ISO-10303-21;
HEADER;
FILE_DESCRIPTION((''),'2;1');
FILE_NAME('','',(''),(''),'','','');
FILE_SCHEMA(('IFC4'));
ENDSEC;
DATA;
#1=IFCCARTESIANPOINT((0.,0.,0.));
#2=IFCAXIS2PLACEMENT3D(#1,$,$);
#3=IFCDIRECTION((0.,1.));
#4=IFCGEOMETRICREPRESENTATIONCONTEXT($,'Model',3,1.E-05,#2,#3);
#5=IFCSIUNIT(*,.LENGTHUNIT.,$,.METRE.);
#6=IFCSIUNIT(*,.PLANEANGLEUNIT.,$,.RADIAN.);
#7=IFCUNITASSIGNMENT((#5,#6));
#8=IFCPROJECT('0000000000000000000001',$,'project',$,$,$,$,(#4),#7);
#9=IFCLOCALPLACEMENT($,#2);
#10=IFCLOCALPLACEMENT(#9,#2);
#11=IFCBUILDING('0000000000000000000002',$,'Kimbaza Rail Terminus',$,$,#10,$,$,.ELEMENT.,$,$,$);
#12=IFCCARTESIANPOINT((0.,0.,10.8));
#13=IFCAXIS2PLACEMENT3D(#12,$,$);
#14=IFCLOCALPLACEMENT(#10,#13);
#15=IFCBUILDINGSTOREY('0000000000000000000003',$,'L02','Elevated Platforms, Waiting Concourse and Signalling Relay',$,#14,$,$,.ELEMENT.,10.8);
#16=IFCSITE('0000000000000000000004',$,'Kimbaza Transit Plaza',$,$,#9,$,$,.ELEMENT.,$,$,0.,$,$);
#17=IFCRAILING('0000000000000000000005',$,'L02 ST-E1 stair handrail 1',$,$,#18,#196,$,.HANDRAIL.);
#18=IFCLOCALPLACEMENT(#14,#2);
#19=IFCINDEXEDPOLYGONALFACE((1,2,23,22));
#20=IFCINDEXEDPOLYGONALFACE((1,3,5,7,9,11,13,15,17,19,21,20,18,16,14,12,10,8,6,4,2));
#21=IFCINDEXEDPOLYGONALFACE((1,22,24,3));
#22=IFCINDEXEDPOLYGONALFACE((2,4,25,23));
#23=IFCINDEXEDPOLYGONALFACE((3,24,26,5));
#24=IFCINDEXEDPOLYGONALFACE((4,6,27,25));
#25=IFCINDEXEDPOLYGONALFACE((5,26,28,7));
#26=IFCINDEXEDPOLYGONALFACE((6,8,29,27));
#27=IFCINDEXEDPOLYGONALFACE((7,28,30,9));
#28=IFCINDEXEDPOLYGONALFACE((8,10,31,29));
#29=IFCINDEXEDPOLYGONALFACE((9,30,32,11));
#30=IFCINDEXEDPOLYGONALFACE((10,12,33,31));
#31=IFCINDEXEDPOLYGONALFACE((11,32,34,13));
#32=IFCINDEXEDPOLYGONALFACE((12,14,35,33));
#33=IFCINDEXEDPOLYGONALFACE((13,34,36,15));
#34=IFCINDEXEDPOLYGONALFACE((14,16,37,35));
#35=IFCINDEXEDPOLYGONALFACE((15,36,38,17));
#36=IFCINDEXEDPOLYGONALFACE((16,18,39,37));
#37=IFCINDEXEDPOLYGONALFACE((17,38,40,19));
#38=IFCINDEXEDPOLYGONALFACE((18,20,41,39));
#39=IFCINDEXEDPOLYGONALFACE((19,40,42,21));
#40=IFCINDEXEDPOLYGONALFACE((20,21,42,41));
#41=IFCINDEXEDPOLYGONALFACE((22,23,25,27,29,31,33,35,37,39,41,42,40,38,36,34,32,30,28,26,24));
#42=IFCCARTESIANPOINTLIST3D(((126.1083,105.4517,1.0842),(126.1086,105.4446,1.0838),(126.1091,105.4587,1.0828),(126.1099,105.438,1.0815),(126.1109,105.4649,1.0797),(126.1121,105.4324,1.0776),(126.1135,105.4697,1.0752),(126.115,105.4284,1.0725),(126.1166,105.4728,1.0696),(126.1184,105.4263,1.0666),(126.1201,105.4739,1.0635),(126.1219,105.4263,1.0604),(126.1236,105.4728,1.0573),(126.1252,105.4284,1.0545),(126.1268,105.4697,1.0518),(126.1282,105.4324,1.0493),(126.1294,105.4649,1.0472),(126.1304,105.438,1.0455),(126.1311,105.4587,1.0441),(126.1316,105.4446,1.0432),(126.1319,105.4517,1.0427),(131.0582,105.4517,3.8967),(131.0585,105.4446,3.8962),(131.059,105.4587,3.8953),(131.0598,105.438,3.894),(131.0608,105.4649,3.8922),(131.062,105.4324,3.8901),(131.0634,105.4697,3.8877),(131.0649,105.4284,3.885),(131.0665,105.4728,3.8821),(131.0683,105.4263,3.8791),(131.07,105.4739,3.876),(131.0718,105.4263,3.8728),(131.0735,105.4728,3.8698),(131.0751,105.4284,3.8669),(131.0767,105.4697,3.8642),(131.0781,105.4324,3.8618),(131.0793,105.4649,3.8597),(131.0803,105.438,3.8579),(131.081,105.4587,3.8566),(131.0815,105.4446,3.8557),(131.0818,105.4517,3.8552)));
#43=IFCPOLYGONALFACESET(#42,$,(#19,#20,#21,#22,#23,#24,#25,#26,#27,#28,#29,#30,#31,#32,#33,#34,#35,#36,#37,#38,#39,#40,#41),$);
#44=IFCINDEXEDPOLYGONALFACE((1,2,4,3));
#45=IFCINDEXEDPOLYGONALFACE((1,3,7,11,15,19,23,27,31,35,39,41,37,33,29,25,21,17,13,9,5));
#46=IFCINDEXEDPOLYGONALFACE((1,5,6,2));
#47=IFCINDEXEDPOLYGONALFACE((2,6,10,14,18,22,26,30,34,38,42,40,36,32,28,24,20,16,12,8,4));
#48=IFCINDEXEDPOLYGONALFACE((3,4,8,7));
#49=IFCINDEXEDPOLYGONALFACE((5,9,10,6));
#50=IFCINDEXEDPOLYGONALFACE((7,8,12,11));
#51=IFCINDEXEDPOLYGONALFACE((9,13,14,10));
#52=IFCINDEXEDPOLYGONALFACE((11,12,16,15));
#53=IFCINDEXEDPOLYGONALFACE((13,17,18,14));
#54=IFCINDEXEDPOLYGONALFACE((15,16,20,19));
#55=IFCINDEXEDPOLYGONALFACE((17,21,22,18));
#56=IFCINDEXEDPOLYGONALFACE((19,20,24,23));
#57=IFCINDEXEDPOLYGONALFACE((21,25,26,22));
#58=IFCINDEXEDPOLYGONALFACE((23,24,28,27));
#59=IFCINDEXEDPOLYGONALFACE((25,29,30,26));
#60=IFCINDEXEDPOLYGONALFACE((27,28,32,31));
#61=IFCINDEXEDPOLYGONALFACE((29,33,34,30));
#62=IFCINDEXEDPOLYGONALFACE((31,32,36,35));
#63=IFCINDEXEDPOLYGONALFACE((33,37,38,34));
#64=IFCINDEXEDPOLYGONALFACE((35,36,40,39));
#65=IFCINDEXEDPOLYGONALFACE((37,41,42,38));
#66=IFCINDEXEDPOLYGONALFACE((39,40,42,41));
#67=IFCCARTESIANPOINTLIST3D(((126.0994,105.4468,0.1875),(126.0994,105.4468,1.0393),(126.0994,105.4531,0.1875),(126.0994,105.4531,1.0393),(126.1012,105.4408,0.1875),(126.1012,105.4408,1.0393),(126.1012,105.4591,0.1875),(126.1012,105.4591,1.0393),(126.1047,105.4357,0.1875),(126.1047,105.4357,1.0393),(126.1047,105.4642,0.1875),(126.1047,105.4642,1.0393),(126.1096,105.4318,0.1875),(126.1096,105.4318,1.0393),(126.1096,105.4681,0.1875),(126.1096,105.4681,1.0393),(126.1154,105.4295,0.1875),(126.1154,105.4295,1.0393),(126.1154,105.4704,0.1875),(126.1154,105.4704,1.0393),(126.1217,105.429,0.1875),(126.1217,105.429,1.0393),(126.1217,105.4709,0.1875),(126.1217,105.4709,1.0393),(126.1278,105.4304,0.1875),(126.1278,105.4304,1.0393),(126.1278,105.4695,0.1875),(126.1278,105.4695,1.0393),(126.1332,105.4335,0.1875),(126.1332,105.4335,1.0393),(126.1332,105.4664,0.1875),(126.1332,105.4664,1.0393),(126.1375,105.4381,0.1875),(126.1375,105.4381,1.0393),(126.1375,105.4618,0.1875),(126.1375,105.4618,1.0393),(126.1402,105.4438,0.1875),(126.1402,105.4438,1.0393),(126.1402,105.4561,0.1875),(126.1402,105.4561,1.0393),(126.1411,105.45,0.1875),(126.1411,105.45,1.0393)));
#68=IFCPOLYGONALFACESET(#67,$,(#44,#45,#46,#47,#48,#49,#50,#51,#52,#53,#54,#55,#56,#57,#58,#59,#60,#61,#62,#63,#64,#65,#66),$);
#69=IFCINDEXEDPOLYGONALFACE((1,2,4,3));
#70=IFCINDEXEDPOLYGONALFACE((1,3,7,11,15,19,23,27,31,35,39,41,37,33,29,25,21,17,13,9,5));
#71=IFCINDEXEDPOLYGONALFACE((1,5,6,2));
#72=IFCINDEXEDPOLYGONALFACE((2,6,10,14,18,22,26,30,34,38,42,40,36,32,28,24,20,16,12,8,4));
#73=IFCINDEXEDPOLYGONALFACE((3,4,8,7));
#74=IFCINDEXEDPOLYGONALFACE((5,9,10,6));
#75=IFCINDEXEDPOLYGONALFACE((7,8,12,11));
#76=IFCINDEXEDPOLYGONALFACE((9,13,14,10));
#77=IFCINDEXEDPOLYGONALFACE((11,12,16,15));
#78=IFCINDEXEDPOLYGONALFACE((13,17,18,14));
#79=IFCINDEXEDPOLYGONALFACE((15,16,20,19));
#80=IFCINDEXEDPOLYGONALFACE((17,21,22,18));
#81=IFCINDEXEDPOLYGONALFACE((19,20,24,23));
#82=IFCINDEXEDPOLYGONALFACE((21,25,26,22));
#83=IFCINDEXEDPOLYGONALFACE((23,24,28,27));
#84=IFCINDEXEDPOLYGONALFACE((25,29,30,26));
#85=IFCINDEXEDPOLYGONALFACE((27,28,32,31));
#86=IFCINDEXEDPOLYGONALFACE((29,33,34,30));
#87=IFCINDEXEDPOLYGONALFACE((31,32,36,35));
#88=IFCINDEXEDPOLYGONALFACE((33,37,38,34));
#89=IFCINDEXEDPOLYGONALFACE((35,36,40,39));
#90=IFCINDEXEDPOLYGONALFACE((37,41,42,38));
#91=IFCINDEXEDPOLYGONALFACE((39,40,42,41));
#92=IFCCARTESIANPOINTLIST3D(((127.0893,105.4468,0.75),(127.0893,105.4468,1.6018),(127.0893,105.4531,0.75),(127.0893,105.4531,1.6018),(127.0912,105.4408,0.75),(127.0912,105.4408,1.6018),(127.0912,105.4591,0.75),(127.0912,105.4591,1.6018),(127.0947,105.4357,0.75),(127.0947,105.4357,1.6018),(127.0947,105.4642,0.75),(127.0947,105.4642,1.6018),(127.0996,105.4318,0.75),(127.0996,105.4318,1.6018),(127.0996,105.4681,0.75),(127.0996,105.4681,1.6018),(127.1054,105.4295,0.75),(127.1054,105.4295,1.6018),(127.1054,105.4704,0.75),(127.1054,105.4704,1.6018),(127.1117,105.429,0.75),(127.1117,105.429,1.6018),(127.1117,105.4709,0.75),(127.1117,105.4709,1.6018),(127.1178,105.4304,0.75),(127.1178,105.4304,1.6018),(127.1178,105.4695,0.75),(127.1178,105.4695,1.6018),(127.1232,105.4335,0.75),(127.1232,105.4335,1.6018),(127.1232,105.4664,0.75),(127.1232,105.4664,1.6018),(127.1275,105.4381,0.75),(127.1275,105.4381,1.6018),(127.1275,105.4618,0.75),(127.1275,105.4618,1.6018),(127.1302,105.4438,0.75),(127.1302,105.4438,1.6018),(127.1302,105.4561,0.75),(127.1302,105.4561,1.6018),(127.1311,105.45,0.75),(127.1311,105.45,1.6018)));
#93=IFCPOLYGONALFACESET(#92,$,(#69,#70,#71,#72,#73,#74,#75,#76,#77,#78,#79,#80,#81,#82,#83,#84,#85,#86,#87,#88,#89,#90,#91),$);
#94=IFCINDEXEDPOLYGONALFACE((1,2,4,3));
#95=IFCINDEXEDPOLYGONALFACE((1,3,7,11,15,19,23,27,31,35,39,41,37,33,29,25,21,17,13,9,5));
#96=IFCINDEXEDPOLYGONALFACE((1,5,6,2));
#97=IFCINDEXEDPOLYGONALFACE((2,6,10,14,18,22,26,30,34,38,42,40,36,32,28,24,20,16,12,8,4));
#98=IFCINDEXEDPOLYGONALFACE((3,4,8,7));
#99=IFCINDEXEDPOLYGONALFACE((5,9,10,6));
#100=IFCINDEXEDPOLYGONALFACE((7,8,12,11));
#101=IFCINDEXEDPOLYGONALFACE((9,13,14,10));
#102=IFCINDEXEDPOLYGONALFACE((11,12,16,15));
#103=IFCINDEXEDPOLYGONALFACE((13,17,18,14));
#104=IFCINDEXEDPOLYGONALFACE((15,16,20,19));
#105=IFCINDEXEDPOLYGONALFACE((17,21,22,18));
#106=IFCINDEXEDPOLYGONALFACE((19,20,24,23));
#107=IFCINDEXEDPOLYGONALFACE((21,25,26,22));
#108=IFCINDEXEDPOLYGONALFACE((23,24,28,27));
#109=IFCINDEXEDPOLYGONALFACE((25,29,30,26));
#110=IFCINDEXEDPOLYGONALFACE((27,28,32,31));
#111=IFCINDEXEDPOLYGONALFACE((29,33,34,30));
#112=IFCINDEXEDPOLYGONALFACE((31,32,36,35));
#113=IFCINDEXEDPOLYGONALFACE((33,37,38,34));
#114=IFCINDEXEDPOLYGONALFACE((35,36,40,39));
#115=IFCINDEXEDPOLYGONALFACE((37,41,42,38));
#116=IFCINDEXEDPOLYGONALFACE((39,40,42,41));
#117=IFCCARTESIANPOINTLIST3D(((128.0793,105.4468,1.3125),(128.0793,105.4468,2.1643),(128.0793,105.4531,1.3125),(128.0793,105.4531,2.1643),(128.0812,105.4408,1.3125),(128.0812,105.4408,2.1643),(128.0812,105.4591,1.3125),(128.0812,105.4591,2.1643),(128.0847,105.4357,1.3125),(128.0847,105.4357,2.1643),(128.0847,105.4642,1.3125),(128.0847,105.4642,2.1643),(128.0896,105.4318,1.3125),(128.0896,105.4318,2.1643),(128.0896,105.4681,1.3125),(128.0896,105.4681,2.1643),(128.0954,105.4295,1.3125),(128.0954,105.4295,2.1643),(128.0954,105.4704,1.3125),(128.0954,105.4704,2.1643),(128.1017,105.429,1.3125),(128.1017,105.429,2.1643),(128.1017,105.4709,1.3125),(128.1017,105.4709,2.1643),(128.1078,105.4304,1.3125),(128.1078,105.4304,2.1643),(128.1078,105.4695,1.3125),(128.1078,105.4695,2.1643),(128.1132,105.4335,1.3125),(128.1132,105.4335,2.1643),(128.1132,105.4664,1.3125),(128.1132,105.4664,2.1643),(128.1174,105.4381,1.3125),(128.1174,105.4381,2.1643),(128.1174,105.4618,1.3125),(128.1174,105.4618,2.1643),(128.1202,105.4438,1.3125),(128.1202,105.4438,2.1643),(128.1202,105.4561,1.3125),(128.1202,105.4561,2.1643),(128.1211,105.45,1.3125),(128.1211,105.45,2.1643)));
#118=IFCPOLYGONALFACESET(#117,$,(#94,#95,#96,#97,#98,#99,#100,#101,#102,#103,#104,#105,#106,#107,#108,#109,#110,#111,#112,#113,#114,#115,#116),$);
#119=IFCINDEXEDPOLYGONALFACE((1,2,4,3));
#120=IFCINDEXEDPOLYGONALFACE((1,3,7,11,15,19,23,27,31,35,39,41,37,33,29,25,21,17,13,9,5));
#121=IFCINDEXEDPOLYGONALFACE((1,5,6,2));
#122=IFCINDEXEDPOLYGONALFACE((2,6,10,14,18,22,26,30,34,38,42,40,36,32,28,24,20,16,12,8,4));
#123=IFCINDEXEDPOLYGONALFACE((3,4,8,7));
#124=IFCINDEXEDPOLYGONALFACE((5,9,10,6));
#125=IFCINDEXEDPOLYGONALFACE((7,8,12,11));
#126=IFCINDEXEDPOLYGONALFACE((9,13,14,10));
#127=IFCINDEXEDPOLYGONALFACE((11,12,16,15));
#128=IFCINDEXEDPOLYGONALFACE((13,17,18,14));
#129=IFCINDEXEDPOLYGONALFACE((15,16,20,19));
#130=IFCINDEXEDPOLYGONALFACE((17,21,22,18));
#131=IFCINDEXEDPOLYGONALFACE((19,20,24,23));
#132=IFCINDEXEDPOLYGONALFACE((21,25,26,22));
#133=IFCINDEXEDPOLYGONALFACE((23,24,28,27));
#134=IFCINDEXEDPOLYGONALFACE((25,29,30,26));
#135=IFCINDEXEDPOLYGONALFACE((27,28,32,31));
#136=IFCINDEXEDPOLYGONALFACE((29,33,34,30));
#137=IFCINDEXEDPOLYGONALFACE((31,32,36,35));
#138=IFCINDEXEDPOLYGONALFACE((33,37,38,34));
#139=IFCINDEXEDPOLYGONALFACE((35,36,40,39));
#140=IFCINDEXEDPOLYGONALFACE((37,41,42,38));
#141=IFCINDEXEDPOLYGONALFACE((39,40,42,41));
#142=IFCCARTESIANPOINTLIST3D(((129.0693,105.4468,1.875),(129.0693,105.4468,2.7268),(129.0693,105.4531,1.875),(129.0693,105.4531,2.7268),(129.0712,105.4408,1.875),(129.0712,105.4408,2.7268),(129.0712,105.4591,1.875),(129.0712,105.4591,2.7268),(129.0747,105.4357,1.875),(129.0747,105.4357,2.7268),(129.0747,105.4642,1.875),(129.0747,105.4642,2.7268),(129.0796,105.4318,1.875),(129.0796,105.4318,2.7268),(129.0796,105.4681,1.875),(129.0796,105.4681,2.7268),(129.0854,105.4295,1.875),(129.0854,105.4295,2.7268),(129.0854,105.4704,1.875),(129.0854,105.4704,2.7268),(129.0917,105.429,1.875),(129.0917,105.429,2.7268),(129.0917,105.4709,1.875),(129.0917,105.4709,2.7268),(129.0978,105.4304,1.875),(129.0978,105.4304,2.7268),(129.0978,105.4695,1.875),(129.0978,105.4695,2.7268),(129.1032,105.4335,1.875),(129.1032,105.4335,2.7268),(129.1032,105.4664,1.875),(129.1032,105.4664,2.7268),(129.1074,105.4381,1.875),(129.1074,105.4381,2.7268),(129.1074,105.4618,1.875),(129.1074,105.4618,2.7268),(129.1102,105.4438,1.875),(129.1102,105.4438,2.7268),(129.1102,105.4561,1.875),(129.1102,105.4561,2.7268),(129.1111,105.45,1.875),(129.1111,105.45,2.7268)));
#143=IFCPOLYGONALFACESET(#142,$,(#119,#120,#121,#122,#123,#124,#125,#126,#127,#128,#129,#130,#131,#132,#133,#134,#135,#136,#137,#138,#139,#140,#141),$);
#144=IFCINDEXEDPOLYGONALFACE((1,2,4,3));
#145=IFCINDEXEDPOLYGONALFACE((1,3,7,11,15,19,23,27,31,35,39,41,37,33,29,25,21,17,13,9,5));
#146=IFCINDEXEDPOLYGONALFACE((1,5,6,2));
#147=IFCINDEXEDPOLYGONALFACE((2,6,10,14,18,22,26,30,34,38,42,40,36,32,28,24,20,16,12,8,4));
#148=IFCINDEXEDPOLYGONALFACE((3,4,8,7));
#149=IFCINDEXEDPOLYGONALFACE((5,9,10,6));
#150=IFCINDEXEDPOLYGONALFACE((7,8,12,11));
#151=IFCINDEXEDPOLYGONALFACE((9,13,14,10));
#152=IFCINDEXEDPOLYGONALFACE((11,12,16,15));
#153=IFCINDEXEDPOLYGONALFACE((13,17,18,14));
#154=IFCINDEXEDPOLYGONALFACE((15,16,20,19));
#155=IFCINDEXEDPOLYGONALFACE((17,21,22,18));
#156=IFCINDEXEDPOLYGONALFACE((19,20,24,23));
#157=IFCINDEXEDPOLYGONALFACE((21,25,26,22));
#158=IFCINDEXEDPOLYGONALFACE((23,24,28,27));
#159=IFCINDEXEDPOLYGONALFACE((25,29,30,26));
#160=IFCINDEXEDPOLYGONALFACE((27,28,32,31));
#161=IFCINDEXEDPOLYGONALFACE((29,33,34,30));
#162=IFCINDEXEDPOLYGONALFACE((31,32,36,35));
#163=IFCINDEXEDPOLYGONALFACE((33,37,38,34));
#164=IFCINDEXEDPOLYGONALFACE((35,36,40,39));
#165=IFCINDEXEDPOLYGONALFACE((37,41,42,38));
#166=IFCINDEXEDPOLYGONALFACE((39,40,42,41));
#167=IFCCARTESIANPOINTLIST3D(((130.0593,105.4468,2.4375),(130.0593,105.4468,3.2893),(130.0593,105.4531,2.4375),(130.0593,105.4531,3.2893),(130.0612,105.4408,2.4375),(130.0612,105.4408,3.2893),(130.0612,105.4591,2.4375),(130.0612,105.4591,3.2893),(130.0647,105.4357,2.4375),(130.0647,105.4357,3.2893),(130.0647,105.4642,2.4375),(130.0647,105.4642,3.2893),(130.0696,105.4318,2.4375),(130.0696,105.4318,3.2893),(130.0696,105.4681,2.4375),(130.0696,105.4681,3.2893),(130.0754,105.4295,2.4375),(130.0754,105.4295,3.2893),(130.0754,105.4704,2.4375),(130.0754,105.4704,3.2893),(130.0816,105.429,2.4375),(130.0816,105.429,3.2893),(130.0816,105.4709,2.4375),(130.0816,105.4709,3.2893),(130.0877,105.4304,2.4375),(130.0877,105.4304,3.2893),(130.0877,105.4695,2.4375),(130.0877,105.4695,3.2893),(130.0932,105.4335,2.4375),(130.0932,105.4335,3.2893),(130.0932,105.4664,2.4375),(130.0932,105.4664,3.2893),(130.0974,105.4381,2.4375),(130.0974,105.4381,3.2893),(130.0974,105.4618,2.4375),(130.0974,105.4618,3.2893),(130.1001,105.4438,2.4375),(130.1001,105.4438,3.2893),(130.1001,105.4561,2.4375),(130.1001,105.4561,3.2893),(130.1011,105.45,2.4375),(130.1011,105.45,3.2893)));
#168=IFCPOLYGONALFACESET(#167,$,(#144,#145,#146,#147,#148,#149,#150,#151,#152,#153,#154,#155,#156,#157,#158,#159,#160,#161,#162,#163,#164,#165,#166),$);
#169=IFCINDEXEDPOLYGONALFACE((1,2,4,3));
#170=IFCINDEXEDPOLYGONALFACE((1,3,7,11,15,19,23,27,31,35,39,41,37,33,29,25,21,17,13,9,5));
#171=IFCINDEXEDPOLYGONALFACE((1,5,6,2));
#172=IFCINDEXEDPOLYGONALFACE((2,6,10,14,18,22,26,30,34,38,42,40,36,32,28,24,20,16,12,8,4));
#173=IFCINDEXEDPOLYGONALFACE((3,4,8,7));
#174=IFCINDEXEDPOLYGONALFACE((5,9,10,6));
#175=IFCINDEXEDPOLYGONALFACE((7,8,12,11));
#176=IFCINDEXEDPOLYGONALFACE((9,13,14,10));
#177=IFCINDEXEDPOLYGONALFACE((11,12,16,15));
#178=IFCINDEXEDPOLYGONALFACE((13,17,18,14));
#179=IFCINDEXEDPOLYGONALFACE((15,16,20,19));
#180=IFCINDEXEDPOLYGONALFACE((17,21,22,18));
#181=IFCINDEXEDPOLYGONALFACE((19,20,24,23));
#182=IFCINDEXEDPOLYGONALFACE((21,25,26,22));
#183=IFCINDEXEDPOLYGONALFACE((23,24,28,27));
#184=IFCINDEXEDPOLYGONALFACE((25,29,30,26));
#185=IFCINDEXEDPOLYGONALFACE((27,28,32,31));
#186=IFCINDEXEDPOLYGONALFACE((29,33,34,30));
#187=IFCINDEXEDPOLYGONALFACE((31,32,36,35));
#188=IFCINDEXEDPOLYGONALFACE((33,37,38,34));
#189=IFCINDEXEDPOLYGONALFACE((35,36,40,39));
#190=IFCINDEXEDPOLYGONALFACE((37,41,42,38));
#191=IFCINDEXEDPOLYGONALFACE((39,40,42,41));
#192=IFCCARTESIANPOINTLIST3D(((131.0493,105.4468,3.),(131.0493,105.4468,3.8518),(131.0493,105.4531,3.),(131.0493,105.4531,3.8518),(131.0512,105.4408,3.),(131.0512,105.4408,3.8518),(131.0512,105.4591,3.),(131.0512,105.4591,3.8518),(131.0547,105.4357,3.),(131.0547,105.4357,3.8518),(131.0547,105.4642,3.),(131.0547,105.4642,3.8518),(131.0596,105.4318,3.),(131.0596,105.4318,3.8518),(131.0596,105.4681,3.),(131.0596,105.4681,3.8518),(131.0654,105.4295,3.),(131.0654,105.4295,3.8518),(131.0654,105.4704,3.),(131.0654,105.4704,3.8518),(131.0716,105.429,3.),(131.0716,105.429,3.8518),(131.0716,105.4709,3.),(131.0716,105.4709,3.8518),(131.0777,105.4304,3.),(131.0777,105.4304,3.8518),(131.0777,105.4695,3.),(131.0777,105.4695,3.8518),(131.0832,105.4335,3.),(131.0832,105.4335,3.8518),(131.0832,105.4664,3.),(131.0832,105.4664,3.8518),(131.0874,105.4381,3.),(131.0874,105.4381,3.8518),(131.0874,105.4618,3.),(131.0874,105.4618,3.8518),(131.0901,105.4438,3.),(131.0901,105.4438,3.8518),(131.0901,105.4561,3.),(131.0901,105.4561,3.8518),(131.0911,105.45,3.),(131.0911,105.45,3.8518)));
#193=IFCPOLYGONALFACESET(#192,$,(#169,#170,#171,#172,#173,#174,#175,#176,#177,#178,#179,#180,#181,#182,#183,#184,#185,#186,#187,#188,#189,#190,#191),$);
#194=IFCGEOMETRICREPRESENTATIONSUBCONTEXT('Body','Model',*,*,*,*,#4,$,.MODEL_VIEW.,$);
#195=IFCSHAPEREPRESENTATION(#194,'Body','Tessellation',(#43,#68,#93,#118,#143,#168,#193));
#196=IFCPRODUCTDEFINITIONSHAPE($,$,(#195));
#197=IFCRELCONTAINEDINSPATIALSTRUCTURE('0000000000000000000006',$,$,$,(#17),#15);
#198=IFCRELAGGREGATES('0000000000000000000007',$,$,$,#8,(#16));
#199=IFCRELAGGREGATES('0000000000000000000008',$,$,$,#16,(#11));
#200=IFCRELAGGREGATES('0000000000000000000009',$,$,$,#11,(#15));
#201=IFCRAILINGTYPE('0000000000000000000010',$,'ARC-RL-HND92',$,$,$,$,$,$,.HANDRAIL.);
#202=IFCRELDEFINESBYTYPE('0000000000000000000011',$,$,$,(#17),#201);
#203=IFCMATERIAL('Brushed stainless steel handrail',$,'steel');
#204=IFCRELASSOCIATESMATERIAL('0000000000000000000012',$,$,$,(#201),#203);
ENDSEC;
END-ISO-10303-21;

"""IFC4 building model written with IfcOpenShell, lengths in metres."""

from ifc_helpers import new_model, si_unit, direction, frame, origin, origin_2d, place, context, subcontext, project, spatial, circle, extrude, material, type_object, element, save


model = new_model("IFC4")

# Units and contexts
model_context = context("Model", 3, precision=1e-05, world=origin(), true_north=direction((0.0, 1.0)))
body_context = subcontext(model_context, "Body", "Model", "MODEL_VIEW")
ifc_project = project(units=[si_unit("LENGTHUNIT", "METRE"), si_unit("PLANEANGLEUNIT", "RADIAN")], contexts=[model_context])

# Site, building, storey
site_placement = place(None, origin())
site = spatial("IfcSite", under=ifc_project, at=site_placement, Name="Kimbaza Transit Plaza", CompositionType="ELEMENT", RefElevation=0.0)
building_placement = place(site_placement, origin())
building = spatial("IfcBuilding", under=site, at=building_placement, Name="Kimbaza Rail Terminus", CompositionType="ELEMENT")
storey_placement = place(building_placement, frame((0.0, 0.0, 10.8)))
storey = spatial("IfcBuildingStorey", under=building, at=storey_placement, Name="L02", Description="Elevated Platforms, Waiting Concourse and Signalling Relay", CompositionType="ELEMENT", Elevation=10.8)

# Railing
ifc_material_1 = material(Name="Brushed stainless steel handrail", Category="steel")
railing_type_1 = type_object("IfcRailingType", Name="ARC-RL-HND92", PredefinedType="HANDRAIL", material=ifc_material_1)
railing_1_placement = place(storey_placement, frame((126.1201, 105.45, 0.1875)))
element("IfcRailing", 1, at=railing_1_placement, inside=storey, type_object=railing_type_1, Name="L02 ST-E1 stair handrail 1", PredefinedType="HANDRAIL", context=body_context, shape_type="SweptSolid", body=[
    extrude(circle(Radius=0.0239, at=origin_2d()), frame((0.0, 0.0, 0.876), z_axis=(0.869454, 0.0, 0.494013), x_axis=(0.0, 1.0, 0.0)), (0.0, 0.0, 1.0), 5.6931),
    extrude(circle(Radius=0.021, at=origin_2d()), origin(), (0.0, 0.0, 1.0), 0.8518),
    extrude(circle(Radius=0.021, at=origin_2d()), frame((0.99, 0.0, 0.5625)), (0.0, 0.0, 1.0), 0.8518),
    extrude(circle(Radius=0.021, at=origin_2d()), frame((1.98, 0.0, 1.125)), (0.0, 0.0, 1.0), 0.8518),
    extrude(circle(Radius=0.021, at=origin_2d()), frame((2.97, 0.0, 1.6875)), (0.0, 0.0, 1.0), 0.8518),
    extrude(circle(Radius=0.021, at=origin_2d()), frame((3.96, 0.0, 2.25)), (0.0, 0.0, 1.0), 0.8518),
    extrude(circle(Radius=0.021, at=origin_2d()), frame((4.95, 0.0, 2.8125)), (0.0, 0.0, 1.0), 0.8518),
])

save(model, "model.ifc")
